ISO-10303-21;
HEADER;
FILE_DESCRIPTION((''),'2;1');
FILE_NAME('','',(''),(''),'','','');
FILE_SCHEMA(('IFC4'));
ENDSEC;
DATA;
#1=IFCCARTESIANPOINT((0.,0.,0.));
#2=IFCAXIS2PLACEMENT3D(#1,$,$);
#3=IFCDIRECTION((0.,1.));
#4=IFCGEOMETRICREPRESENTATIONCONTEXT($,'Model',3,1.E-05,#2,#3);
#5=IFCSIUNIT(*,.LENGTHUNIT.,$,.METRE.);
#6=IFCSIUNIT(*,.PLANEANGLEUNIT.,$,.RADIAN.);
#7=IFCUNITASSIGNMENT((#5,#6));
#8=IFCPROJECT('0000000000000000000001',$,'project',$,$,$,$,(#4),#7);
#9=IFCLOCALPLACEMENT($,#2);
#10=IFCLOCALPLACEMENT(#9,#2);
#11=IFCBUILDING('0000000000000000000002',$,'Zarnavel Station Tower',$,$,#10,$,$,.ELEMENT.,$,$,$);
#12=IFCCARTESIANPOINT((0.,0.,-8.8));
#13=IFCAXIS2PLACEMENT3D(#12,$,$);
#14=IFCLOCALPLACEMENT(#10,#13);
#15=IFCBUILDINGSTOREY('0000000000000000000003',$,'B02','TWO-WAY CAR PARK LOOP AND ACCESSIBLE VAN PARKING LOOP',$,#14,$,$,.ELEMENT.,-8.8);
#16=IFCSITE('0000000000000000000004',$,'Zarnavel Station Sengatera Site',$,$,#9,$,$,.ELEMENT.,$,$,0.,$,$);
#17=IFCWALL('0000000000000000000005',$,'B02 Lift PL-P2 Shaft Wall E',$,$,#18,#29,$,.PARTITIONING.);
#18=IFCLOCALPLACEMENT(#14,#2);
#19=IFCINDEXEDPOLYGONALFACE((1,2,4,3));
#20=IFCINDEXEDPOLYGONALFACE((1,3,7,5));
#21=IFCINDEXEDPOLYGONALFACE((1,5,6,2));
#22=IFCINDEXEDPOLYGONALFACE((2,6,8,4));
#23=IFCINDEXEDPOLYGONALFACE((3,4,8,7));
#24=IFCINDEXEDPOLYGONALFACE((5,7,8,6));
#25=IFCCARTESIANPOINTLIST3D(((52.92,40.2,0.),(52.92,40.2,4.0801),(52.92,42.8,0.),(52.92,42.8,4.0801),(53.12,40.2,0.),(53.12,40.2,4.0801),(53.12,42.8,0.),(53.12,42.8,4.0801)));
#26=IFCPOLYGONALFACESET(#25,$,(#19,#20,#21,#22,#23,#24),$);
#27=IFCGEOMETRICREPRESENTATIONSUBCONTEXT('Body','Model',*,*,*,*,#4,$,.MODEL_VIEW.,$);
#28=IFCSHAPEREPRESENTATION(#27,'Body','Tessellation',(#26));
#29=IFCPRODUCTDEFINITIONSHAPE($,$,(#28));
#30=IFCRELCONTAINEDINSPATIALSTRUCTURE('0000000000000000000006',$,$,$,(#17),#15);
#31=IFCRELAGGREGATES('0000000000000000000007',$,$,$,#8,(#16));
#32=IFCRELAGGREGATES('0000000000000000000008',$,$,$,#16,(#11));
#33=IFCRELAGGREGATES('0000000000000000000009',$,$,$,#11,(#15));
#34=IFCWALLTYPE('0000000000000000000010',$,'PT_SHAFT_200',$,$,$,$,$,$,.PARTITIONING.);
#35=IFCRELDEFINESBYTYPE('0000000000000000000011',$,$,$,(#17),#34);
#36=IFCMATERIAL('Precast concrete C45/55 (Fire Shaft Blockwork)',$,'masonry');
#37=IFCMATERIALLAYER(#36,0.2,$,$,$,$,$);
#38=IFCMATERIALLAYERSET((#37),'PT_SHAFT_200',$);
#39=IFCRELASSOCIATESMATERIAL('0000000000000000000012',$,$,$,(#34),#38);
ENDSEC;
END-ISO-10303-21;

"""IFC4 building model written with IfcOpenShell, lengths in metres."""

from ifc_helpers import new_model, si_unit, direction, frame, frame_2d, origin, place, context, subcontext, project, spatial, rectangle, extrude, material, layer, layer_set, type_object, element, save


model = new_model("IFC4")

# Units and contexts
model_context = context("Model", 3, precision=1e-05, world=origin(), true_north=direction((0.0, 1.0)))
body_context = subcontext(model_context, "Body", "Model", "MODEL_VIEW")
ifc_project = project(units=[si_unit("LENGTHUNIT", "METRE"), si_unit("PLANEANGLEUNIT", "RADIAN")], contexts=[model_context])

# Site, building, storey
site_placement = place(None, origin())
site = spatial("IfcSite", under=ifc_project, at=site_placement, Name="Zarnavel Station Sengatera Site", CompositionType="ELEMENT", RefElevation=0.0)
building_placement = place(site_placement, origin())
building = spatial("IfcBuilding", under=site, at=building_placement, Name="Zarnavel Station Tower", CompositionType="ELEMENT")
storey_placement = place(building_placement, frame((0.0, 0.0, -8.8)))
storey = spatial("IfcBuildingStorey", under=building, at=storey_placement, Name="B02", Description="TWO-WAY CAR PARK LOOP AND ACCESSIBLE VAN PARKING LOOP", CompositionType="ELEMENT", Elevation=-8.8)

# Shared definitions
ifc_material_1 = material(Name="Precast concrete C45/55 (Fire Shaft Blockwork)", Category="masonry")
ifc_layer_1 = layer(ifc_material_1, 0.2)
ifc_layer_set_1 = layer_set([ifc_layer_1], Name="PT_SHAFT_200")
wall_type_1 = type_object("IfcWallType", Name="PT_SHAFT_200", PredefinedType="PARTITIONING", material=ifc_layer_set_1)

# Wall
wall_1_placement = place(storey_placement, frame((53.02, 40.2, 0.0), z_axis=(0.0, 0.0, 1.0), x_axis=(0.0, 1.0, 0.0)))
element("IfcWall", 1, at=wall_1_placement, inside=storey, type_object=wall_type_1, Name="B02 Lift PL-P2 Shaft Wall E", PredefinedType="PARTITIONING", context=body_context, shape_type="SweptSolid", body=[
    extrude(rectangle(XDim=2.6001, YDim=0.2, at=frame_2d((1.3, 0.0))), origin(), (0.0, 0.0, 1.0), 4.0801),
])

save(model, "model.ifc")
